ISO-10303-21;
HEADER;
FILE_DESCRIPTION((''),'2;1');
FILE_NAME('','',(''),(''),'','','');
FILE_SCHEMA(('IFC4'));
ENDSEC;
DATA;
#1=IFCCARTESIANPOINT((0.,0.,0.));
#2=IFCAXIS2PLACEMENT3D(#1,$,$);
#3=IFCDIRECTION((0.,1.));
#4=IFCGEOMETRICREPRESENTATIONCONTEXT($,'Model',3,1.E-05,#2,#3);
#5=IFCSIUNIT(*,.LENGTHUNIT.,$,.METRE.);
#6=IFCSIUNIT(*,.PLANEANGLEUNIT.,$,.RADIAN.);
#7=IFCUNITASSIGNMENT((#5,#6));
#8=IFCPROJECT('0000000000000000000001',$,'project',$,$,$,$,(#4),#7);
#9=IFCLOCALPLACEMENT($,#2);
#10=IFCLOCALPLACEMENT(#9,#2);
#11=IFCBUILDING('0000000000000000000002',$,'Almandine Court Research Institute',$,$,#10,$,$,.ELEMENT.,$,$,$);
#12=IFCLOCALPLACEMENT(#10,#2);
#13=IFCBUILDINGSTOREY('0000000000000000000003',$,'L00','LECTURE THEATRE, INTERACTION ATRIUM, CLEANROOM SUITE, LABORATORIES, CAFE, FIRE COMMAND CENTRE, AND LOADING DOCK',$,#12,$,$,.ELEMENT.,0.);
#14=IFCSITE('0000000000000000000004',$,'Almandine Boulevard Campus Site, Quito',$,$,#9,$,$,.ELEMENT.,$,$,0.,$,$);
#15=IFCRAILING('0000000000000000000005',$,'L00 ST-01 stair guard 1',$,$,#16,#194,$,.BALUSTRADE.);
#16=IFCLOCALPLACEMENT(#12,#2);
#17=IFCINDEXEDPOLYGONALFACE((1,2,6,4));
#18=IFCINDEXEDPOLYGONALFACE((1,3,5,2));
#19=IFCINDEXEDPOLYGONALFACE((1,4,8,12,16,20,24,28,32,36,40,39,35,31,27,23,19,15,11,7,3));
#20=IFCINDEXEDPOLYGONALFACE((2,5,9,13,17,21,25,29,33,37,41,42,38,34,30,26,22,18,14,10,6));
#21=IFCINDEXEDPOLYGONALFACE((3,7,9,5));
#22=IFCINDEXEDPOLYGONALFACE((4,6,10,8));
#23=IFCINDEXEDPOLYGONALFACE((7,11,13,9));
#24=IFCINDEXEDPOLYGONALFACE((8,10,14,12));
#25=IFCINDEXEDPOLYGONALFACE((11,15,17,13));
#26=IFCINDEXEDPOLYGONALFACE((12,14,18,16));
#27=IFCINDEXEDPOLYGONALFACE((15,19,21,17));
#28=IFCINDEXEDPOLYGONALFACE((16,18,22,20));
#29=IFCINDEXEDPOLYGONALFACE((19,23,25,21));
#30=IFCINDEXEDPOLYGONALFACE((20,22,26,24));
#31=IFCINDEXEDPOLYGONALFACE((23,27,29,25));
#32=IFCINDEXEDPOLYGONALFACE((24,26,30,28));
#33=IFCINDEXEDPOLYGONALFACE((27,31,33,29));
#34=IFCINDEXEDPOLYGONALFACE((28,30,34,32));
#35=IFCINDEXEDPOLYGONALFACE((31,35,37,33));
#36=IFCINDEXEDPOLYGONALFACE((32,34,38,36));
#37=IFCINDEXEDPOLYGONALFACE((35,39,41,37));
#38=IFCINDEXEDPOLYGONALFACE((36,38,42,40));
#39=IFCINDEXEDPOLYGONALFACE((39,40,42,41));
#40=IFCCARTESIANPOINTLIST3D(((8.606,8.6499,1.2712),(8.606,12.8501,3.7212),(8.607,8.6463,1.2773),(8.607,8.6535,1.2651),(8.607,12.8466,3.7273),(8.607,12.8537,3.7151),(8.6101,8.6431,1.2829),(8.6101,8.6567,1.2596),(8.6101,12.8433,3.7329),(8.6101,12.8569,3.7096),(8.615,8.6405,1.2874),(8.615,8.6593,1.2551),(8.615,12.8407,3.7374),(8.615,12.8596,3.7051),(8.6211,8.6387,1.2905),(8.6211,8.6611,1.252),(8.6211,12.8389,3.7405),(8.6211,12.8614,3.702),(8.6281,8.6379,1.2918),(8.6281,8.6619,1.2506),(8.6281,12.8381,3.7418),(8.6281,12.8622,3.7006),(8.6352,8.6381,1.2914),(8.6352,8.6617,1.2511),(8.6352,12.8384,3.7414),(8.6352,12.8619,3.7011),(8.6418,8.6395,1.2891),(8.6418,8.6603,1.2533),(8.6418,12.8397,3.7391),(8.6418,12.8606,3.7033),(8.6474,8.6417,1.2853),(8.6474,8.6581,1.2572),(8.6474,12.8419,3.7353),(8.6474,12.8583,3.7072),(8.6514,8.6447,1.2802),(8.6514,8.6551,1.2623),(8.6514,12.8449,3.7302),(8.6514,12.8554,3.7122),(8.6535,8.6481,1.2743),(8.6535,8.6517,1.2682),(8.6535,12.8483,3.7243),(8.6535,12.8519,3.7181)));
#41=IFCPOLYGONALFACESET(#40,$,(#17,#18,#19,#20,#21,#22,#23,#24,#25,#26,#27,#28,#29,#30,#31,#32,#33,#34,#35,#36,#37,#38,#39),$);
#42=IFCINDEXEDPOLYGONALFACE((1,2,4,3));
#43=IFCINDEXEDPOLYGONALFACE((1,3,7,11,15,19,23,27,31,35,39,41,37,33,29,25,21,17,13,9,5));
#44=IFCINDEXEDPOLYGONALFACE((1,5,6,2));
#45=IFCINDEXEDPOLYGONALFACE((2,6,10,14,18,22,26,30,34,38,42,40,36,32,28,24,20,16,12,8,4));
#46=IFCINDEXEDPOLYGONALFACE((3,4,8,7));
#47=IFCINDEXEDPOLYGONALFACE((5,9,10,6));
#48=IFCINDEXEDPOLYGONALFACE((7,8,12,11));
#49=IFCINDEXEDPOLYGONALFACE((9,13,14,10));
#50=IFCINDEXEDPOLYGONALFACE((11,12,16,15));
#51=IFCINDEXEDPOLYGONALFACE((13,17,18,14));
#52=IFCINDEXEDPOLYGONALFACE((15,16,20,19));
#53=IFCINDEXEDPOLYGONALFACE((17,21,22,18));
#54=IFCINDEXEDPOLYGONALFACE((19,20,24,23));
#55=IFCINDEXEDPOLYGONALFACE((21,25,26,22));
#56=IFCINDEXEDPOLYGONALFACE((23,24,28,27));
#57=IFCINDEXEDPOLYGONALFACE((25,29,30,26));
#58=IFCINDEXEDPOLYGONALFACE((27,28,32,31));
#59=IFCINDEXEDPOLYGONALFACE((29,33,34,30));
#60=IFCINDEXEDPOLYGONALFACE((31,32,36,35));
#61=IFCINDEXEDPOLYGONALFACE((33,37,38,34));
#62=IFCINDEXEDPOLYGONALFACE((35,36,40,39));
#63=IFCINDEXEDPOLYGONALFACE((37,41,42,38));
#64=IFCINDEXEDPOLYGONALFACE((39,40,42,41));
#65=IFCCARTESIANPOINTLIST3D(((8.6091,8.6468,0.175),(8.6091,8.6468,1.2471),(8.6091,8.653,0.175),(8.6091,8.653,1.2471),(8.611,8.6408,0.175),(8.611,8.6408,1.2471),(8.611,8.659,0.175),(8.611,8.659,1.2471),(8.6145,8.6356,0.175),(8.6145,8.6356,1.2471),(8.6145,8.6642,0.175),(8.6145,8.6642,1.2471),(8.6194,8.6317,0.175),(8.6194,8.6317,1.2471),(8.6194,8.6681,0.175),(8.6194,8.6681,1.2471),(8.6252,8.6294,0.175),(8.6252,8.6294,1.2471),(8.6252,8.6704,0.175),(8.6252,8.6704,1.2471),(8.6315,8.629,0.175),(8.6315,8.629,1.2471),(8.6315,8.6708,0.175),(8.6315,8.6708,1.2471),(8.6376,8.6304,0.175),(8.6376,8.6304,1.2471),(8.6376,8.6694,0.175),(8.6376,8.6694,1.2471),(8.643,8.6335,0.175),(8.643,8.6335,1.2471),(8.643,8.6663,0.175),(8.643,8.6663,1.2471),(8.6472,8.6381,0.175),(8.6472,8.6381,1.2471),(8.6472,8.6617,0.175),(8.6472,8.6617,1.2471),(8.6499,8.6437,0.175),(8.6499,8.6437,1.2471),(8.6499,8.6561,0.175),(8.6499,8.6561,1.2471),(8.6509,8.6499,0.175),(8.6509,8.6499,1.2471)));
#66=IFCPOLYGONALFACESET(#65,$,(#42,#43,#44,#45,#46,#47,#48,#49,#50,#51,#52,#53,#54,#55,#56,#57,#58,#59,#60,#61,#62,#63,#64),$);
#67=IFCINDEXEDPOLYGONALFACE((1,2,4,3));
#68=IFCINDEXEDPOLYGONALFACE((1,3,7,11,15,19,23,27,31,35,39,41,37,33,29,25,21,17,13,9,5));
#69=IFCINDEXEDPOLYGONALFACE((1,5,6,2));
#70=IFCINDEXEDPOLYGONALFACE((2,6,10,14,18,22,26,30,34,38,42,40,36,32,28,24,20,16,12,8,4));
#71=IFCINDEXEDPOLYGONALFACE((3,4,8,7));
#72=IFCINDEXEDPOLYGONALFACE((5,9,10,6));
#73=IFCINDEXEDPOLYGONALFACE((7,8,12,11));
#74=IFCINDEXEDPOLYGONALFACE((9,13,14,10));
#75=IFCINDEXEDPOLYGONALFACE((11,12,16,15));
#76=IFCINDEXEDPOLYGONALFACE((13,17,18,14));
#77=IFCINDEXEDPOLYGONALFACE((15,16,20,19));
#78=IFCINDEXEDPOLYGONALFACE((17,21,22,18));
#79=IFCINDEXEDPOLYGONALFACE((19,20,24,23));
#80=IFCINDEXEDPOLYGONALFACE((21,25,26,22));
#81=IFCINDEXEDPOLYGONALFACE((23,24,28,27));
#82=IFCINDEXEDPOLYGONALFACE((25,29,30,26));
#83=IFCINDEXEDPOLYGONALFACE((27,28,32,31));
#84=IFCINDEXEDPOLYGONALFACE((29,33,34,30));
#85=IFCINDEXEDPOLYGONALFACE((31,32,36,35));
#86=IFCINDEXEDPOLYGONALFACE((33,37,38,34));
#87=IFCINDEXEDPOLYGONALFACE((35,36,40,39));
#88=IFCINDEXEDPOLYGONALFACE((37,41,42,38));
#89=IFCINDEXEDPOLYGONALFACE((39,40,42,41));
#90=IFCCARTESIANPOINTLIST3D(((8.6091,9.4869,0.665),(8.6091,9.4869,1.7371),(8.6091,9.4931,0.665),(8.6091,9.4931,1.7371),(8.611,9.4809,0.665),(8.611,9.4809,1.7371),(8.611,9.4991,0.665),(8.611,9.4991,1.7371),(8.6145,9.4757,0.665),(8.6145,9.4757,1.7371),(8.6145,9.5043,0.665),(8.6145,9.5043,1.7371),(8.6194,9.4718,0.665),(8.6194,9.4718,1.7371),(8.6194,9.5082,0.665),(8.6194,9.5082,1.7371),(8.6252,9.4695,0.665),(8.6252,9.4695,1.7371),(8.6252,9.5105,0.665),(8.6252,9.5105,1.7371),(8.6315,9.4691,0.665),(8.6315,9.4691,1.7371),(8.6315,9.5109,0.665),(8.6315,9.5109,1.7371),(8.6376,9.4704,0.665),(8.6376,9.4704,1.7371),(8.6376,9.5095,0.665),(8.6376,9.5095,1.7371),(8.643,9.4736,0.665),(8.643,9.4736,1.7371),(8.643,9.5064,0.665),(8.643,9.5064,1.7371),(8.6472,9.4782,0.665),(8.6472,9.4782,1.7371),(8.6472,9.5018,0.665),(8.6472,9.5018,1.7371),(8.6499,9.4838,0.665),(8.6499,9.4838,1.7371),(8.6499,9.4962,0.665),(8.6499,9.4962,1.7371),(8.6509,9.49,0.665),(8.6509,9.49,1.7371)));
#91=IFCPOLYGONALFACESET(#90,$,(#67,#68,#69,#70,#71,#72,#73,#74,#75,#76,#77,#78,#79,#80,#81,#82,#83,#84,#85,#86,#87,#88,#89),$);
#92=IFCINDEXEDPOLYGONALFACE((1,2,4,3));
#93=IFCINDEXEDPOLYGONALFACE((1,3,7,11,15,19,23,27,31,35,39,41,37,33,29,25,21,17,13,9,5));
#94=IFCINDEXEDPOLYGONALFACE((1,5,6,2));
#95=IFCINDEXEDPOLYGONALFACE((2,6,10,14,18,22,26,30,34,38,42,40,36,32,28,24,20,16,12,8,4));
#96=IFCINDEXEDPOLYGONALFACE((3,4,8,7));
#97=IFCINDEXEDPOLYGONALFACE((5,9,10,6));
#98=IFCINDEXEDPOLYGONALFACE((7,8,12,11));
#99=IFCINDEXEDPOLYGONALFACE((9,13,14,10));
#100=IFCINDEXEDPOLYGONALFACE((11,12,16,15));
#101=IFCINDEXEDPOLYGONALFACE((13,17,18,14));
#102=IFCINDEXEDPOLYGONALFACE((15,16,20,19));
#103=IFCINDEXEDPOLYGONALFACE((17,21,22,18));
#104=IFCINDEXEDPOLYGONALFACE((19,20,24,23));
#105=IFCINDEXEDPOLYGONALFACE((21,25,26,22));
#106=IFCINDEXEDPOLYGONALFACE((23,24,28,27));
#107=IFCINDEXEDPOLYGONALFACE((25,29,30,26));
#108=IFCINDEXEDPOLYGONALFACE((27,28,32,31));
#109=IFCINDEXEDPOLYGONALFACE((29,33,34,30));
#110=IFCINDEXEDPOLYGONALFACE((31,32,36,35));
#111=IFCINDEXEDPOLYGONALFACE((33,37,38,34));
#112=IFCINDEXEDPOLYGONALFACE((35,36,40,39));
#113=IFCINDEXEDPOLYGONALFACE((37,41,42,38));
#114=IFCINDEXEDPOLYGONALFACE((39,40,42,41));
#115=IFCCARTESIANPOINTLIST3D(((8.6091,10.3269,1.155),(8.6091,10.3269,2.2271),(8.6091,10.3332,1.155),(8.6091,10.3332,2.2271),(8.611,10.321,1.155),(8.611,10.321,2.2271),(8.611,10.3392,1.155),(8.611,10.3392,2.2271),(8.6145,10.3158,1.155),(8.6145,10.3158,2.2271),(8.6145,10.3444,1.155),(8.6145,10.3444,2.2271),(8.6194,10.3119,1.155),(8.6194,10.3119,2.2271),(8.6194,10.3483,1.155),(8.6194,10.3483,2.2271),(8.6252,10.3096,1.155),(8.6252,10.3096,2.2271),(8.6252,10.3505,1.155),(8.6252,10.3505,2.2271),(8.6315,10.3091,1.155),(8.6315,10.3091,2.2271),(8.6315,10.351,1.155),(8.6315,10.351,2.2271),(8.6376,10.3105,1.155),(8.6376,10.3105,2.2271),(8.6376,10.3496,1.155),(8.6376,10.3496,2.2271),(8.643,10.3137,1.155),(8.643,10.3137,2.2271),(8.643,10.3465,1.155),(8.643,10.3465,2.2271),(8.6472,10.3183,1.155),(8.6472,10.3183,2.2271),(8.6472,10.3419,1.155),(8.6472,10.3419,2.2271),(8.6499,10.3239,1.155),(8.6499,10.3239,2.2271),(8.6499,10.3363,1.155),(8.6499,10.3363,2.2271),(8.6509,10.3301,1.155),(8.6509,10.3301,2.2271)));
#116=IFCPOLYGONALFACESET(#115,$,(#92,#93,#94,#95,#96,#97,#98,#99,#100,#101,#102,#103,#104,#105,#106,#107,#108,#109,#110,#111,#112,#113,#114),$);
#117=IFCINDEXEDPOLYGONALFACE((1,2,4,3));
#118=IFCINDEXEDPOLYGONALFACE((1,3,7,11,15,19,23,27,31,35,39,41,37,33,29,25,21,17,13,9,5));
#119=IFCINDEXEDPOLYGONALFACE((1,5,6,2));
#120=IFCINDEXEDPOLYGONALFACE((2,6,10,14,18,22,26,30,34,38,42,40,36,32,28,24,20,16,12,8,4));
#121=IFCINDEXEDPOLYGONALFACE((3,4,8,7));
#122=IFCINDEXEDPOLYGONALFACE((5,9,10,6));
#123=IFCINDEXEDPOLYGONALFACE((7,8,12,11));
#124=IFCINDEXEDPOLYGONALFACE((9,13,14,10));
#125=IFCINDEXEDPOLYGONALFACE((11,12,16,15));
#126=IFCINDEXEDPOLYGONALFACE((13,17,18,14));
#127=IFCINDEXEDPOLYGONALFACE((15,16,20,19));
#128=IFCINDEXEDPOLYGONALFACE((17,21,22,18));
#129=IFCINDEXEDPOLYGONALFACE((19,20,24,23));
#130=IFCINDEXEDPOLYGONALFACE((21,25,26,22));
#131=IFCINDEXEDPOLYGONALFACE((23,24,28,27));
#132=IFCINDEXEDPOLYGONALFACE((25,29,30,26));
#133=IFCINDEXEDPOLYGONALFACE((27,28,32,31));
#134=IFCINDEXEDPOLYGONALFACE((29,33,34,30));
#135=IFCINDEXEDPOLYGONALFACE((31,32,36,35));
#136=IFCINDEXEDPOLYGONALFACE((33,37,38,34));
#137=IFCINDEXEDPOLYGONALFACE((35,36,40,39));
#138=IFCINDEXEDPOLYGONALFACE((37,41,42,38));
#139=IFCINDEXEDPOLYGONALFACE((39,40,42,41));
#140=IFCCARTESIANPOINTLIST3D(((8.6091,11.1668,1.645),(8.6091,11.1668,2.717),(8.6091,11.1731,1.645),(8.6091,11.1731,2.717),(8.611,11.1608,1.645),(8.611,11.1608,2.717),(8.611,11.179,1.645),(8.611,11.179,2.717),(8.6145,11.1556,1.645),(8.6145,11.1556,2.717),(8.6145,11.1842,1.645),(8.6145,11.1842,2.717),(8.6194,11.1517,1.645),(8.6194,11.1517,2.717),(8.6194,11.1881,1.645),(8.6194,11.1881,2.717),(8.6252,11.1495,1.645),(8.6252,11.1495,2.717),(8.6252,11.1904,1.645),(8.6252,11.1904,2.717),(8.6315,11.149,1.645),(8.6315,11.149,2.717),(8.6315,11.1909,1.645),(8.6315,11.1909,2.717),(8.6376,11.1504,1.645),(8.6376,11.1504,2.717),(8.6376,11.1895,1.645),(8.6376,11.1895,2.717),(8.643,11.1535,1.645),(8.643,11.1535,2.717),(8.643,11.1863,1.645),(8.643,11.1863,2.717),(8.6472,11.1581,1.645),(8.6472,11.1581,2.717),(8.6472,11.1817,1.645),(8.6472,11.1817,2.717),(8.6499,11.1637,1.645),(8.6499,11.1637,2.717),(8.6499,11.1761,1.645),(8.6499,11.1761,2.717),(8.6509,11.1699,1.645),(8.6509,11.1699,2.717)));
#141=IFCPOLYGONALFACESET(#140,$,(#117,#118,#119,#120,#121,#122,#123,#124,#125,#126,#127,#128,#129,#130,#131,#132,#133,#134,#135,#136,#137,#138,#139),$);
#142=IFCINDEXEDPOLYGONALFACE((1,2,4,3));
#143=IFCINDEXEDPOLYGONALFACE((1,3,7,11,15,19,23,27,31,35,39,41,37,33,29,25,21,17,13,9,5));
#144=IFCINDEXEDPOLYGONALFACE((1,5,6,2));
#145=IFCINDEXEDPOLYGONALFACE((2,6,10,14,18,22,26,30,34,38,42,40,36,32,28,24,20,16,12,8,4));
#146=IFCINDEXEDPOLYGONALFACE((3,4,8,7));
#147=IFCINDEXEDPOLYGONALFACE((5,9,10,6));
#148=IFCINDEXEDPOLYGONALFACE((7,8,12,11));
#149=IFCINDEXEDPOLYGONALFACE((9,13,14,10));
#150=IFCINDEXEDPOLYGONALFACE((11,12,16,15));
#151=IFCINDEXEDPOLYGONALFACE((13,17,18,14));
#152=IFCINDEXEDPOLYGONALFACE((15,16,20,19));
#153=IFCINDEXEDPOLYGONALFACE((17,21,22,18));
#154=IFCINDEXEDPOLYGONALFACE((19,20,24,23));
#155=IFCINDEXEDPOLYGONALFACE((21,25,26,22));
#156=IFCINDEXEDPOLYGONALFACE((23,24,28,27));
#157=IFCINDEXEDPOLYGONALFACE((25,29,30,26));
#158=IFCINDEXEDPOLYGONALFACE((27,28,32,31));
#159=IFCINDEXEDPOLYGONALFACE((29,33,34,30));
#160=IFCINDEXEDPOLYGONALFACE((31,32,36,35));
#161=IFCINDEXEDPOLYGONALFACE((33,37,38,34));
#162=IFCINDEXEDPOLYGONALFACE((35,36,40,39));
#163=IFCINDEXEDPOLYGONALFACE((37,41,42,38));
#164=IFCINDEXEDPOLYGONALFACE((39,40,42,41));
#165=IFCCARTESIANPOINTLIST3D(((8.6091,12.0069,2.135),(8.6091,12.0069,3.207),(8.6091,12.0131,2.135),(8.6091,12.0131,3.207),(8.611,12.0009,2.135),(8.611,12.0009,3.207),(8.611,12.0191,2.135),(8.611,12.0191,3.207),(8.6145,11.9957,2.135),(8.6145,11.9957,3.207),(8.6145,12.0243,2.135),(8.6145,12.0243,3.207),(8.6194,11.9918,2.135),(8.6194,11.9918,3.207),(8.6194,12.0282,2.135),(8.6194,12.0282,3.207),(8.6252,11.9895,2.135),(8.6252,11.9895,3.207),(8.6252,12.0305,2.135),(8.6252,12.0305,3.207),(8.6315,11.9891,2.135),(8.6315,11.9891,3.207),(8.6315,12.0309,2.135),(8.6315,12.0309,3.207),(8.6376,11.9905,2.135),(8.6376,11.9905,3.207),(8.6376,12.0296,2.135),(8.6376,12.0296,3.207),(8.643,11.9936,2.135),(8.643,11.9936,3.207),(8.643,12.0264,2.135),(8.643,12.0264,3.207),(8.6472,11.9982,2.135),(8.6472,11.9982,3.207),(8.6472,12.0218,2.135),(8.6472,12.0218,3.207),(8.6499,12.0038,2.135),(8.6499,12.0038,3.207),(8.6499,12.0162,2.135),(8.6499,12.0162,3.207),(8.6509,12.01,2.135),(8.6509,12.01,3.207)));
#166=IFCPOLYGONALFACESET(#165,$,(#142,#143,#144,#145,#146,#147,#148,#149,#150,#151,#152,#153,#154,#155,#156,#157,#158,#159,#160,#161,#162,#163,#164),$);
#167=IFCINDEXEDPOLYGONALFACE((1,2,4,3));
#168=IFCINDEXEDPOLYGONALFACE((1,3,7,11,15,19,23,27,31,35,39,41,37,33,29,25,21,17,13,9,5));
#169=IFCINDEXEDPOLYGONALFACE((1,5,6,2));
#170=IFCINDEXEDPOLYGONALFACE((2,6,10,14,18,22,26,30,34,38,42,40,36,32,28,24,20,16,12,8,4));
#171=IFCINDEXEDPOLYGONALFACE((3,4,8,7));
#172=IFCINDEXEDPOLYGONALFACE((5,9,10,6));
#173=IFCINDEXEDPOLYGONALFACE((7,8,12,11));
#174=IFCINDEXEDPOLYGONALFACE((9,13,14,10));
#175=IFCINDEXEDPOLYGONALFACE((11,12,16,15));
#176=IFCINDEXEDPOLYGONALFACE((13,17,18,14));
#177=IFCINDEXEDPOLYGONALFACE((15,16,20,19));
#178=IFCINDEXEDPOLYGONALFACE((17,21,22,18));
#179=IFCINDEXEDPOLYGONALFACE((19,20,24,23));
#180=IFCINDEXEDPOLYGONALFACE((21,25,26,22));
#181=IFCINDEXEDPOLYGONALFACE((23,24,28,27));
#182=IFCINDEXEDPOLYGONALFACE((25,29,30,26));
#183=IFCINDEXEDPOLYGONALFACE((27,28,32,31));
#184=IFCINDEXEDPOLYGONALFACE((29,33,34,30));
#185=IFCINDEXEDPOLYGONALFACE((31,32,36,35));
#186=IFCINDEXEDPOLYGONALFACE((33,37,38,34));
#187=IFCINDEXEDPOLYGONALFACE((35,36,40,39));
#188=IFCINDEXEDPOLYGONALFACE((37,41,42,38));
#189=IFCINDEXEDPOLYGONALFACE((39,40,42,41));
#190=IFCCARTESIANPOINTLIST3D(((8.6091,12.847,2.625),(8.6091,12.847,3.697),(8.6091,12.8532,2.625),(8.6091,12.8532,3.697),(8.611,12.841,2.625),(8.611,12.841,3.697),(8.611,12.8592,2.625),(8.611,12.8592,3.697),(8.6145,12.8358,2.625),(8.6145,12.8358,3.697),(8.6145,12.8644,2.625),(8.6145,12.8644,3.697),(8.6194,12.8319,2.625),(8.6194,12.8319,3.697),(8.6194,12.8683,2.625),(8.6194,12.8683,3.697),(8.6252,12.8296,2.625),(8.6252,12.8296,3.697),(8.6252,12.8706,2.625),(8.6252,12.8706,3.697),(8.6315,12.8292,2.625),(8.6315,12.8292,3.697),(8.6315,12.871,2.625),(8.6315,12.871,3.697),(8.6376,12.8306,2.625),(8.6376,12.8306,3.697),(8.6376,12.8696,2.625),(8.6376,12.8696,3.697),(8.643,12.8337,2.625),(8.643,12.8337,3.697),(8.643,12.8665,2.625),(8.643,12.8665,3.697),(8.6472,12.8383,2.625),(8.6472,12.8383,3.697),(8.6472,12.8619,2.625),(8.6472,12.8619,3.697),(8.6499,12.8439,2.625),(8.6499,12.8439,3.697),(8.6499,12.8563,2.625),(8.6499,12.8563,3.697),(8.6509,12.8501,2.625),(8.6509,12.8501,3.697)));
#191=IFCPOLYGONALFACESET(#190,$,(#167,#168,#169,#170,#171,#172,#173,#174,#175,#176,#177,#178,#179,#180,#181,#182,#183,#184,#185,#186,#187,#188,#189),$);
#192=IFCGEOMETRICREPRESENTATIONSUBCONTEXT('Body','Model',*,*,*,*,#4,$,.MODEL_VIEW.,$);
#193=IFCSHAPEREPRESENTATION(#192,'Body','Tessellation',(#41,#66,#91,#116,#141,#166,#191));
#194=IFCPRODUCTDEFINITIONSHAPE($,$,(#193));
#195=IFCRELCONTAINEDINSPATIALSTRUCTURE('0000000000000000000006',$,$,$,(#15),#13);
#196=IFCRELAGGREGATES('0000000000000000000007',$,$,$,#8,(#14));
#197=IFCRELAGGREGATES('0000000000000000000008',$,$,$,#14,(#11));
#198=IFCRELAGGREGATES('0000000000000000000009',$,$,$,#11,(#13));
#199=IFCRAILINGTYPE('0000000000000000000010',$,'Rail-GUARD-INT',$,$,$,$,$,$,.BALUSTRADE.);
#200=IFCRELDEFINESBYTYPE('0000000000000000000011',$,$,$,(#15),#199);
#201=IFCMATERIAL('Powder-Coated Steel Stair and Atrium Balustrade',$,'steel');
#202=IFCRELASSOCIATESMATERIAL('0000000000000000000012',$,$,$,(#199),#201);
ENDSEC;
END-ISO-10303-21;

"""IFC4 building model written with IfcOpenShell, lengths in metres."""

from ifc_helpers import new_model, si_unit, direction, frame, origin, origin_2d, place, context, subcontext, project, spatial, circle, extrude, material, type_object, element, save


model = new_model("IFC4")

# Units and contexts
model_context = context("Model", 3, precision=1e-05, world=origin(), true_north=direction((0.0, 1.0)))
body_context = subcontext(model_context, "Body", "Model", "MODEL_VIEW")
ifc_project = project(units=[si_unit("LENGTHUNIT", "METRE"), si_unit("PLANEANGLEUNIT", "RADIAN")], contexts=[model_context])

# Site, building, storey
site_placement = place(None, origin())
site = spatial("IfcSite", under=ifc_project, at=site_placement, Name="Almandine Boulevard Campus Site, Quito", CompositionType="ELEMENT", RefElevation=0.0)
building_placement = place(site_placement, origin())
building = spatial("IfcBuilding", under=site, at=building_placement, Name="Almandine Court Research Institute", CompositionType="ELEMENT")
storey_placement = place(building_placement, origin())
storey = spatial("IfcBuildingStorey", under=building, at=storey_placement, Name="L00", Description="LECTURE THEATRE, INTERACTION ATRIUM, CLEANROOM SUITE, LABORATORIES, CAFE, FIRE COMMAND CENTRE, AND LOADING DOCK", CompositionType="ELEMENT", Elevation=0.0)

# Railing
ifc_material_1 = material(Name="Powder-Coated Steel Stair and Atrium Balustrade", Category="steel")
railing_type_1 = type_object("IfcRailingType", Name="Rail-GUARD-INT", PredefinedType="BALUSTRADE", material=ifc_material_1)
railing_1_placement = place(storey_placement, frame((8.6299, 8.6499, 0.175)))
element("IfcRailing", 1, at=railing_1_placement, inside=storey, type_object=railing_type_1, Name="L00 ST-01 stair guard 1", PredefinedType="BALUSTRADE", context=body_context, shape_type="SweptSolid", body=[
    extrude(circle(Radius=0.0239, at=origin_2d()), frame((0.0, 0.0, 1.0962), z_axis=(0.0, 0.863793, 0.503846), x_axis=(-1.0, 0.0, 0.0)), (0.0, 0.0, 1.0), 4.8625),
    extrude(circle(Radius=0.021, at=origin_2d()), origin(), (0.0, 0.0, 1.0), 1.072),
    extrude(circle(Radius=0.021, at=origin_2d()), frame((0.0, 0.8401, 0.49)), (0.0, 0.0, 1.0), 1.072),
    extrude(circle(Radius=0.021, at=origin_2d()), frame((0.0, 1.6802, 0.98)), (0.0, 0.0, 1.0), 1.072),
    extrude(circle(Radius=0.021, at=origin_2d()), frame((0.0, 2.52, 1.47)), (0.0, 0.0, 1.0), 1.072),
    extrude(circle(Radius=0.021, at=origin_2d()), frame((0.0, 3.3601, 1.96)), (0.0, 0.0, 1.0), 1.072),
    extrude(circle(Radius=0.021, at=origin_2d()), frame((0.0, 4.2002, 2.45)), (0.0, 0.0, 1.0), 1.072),
])

save(model, "model.ifc")
